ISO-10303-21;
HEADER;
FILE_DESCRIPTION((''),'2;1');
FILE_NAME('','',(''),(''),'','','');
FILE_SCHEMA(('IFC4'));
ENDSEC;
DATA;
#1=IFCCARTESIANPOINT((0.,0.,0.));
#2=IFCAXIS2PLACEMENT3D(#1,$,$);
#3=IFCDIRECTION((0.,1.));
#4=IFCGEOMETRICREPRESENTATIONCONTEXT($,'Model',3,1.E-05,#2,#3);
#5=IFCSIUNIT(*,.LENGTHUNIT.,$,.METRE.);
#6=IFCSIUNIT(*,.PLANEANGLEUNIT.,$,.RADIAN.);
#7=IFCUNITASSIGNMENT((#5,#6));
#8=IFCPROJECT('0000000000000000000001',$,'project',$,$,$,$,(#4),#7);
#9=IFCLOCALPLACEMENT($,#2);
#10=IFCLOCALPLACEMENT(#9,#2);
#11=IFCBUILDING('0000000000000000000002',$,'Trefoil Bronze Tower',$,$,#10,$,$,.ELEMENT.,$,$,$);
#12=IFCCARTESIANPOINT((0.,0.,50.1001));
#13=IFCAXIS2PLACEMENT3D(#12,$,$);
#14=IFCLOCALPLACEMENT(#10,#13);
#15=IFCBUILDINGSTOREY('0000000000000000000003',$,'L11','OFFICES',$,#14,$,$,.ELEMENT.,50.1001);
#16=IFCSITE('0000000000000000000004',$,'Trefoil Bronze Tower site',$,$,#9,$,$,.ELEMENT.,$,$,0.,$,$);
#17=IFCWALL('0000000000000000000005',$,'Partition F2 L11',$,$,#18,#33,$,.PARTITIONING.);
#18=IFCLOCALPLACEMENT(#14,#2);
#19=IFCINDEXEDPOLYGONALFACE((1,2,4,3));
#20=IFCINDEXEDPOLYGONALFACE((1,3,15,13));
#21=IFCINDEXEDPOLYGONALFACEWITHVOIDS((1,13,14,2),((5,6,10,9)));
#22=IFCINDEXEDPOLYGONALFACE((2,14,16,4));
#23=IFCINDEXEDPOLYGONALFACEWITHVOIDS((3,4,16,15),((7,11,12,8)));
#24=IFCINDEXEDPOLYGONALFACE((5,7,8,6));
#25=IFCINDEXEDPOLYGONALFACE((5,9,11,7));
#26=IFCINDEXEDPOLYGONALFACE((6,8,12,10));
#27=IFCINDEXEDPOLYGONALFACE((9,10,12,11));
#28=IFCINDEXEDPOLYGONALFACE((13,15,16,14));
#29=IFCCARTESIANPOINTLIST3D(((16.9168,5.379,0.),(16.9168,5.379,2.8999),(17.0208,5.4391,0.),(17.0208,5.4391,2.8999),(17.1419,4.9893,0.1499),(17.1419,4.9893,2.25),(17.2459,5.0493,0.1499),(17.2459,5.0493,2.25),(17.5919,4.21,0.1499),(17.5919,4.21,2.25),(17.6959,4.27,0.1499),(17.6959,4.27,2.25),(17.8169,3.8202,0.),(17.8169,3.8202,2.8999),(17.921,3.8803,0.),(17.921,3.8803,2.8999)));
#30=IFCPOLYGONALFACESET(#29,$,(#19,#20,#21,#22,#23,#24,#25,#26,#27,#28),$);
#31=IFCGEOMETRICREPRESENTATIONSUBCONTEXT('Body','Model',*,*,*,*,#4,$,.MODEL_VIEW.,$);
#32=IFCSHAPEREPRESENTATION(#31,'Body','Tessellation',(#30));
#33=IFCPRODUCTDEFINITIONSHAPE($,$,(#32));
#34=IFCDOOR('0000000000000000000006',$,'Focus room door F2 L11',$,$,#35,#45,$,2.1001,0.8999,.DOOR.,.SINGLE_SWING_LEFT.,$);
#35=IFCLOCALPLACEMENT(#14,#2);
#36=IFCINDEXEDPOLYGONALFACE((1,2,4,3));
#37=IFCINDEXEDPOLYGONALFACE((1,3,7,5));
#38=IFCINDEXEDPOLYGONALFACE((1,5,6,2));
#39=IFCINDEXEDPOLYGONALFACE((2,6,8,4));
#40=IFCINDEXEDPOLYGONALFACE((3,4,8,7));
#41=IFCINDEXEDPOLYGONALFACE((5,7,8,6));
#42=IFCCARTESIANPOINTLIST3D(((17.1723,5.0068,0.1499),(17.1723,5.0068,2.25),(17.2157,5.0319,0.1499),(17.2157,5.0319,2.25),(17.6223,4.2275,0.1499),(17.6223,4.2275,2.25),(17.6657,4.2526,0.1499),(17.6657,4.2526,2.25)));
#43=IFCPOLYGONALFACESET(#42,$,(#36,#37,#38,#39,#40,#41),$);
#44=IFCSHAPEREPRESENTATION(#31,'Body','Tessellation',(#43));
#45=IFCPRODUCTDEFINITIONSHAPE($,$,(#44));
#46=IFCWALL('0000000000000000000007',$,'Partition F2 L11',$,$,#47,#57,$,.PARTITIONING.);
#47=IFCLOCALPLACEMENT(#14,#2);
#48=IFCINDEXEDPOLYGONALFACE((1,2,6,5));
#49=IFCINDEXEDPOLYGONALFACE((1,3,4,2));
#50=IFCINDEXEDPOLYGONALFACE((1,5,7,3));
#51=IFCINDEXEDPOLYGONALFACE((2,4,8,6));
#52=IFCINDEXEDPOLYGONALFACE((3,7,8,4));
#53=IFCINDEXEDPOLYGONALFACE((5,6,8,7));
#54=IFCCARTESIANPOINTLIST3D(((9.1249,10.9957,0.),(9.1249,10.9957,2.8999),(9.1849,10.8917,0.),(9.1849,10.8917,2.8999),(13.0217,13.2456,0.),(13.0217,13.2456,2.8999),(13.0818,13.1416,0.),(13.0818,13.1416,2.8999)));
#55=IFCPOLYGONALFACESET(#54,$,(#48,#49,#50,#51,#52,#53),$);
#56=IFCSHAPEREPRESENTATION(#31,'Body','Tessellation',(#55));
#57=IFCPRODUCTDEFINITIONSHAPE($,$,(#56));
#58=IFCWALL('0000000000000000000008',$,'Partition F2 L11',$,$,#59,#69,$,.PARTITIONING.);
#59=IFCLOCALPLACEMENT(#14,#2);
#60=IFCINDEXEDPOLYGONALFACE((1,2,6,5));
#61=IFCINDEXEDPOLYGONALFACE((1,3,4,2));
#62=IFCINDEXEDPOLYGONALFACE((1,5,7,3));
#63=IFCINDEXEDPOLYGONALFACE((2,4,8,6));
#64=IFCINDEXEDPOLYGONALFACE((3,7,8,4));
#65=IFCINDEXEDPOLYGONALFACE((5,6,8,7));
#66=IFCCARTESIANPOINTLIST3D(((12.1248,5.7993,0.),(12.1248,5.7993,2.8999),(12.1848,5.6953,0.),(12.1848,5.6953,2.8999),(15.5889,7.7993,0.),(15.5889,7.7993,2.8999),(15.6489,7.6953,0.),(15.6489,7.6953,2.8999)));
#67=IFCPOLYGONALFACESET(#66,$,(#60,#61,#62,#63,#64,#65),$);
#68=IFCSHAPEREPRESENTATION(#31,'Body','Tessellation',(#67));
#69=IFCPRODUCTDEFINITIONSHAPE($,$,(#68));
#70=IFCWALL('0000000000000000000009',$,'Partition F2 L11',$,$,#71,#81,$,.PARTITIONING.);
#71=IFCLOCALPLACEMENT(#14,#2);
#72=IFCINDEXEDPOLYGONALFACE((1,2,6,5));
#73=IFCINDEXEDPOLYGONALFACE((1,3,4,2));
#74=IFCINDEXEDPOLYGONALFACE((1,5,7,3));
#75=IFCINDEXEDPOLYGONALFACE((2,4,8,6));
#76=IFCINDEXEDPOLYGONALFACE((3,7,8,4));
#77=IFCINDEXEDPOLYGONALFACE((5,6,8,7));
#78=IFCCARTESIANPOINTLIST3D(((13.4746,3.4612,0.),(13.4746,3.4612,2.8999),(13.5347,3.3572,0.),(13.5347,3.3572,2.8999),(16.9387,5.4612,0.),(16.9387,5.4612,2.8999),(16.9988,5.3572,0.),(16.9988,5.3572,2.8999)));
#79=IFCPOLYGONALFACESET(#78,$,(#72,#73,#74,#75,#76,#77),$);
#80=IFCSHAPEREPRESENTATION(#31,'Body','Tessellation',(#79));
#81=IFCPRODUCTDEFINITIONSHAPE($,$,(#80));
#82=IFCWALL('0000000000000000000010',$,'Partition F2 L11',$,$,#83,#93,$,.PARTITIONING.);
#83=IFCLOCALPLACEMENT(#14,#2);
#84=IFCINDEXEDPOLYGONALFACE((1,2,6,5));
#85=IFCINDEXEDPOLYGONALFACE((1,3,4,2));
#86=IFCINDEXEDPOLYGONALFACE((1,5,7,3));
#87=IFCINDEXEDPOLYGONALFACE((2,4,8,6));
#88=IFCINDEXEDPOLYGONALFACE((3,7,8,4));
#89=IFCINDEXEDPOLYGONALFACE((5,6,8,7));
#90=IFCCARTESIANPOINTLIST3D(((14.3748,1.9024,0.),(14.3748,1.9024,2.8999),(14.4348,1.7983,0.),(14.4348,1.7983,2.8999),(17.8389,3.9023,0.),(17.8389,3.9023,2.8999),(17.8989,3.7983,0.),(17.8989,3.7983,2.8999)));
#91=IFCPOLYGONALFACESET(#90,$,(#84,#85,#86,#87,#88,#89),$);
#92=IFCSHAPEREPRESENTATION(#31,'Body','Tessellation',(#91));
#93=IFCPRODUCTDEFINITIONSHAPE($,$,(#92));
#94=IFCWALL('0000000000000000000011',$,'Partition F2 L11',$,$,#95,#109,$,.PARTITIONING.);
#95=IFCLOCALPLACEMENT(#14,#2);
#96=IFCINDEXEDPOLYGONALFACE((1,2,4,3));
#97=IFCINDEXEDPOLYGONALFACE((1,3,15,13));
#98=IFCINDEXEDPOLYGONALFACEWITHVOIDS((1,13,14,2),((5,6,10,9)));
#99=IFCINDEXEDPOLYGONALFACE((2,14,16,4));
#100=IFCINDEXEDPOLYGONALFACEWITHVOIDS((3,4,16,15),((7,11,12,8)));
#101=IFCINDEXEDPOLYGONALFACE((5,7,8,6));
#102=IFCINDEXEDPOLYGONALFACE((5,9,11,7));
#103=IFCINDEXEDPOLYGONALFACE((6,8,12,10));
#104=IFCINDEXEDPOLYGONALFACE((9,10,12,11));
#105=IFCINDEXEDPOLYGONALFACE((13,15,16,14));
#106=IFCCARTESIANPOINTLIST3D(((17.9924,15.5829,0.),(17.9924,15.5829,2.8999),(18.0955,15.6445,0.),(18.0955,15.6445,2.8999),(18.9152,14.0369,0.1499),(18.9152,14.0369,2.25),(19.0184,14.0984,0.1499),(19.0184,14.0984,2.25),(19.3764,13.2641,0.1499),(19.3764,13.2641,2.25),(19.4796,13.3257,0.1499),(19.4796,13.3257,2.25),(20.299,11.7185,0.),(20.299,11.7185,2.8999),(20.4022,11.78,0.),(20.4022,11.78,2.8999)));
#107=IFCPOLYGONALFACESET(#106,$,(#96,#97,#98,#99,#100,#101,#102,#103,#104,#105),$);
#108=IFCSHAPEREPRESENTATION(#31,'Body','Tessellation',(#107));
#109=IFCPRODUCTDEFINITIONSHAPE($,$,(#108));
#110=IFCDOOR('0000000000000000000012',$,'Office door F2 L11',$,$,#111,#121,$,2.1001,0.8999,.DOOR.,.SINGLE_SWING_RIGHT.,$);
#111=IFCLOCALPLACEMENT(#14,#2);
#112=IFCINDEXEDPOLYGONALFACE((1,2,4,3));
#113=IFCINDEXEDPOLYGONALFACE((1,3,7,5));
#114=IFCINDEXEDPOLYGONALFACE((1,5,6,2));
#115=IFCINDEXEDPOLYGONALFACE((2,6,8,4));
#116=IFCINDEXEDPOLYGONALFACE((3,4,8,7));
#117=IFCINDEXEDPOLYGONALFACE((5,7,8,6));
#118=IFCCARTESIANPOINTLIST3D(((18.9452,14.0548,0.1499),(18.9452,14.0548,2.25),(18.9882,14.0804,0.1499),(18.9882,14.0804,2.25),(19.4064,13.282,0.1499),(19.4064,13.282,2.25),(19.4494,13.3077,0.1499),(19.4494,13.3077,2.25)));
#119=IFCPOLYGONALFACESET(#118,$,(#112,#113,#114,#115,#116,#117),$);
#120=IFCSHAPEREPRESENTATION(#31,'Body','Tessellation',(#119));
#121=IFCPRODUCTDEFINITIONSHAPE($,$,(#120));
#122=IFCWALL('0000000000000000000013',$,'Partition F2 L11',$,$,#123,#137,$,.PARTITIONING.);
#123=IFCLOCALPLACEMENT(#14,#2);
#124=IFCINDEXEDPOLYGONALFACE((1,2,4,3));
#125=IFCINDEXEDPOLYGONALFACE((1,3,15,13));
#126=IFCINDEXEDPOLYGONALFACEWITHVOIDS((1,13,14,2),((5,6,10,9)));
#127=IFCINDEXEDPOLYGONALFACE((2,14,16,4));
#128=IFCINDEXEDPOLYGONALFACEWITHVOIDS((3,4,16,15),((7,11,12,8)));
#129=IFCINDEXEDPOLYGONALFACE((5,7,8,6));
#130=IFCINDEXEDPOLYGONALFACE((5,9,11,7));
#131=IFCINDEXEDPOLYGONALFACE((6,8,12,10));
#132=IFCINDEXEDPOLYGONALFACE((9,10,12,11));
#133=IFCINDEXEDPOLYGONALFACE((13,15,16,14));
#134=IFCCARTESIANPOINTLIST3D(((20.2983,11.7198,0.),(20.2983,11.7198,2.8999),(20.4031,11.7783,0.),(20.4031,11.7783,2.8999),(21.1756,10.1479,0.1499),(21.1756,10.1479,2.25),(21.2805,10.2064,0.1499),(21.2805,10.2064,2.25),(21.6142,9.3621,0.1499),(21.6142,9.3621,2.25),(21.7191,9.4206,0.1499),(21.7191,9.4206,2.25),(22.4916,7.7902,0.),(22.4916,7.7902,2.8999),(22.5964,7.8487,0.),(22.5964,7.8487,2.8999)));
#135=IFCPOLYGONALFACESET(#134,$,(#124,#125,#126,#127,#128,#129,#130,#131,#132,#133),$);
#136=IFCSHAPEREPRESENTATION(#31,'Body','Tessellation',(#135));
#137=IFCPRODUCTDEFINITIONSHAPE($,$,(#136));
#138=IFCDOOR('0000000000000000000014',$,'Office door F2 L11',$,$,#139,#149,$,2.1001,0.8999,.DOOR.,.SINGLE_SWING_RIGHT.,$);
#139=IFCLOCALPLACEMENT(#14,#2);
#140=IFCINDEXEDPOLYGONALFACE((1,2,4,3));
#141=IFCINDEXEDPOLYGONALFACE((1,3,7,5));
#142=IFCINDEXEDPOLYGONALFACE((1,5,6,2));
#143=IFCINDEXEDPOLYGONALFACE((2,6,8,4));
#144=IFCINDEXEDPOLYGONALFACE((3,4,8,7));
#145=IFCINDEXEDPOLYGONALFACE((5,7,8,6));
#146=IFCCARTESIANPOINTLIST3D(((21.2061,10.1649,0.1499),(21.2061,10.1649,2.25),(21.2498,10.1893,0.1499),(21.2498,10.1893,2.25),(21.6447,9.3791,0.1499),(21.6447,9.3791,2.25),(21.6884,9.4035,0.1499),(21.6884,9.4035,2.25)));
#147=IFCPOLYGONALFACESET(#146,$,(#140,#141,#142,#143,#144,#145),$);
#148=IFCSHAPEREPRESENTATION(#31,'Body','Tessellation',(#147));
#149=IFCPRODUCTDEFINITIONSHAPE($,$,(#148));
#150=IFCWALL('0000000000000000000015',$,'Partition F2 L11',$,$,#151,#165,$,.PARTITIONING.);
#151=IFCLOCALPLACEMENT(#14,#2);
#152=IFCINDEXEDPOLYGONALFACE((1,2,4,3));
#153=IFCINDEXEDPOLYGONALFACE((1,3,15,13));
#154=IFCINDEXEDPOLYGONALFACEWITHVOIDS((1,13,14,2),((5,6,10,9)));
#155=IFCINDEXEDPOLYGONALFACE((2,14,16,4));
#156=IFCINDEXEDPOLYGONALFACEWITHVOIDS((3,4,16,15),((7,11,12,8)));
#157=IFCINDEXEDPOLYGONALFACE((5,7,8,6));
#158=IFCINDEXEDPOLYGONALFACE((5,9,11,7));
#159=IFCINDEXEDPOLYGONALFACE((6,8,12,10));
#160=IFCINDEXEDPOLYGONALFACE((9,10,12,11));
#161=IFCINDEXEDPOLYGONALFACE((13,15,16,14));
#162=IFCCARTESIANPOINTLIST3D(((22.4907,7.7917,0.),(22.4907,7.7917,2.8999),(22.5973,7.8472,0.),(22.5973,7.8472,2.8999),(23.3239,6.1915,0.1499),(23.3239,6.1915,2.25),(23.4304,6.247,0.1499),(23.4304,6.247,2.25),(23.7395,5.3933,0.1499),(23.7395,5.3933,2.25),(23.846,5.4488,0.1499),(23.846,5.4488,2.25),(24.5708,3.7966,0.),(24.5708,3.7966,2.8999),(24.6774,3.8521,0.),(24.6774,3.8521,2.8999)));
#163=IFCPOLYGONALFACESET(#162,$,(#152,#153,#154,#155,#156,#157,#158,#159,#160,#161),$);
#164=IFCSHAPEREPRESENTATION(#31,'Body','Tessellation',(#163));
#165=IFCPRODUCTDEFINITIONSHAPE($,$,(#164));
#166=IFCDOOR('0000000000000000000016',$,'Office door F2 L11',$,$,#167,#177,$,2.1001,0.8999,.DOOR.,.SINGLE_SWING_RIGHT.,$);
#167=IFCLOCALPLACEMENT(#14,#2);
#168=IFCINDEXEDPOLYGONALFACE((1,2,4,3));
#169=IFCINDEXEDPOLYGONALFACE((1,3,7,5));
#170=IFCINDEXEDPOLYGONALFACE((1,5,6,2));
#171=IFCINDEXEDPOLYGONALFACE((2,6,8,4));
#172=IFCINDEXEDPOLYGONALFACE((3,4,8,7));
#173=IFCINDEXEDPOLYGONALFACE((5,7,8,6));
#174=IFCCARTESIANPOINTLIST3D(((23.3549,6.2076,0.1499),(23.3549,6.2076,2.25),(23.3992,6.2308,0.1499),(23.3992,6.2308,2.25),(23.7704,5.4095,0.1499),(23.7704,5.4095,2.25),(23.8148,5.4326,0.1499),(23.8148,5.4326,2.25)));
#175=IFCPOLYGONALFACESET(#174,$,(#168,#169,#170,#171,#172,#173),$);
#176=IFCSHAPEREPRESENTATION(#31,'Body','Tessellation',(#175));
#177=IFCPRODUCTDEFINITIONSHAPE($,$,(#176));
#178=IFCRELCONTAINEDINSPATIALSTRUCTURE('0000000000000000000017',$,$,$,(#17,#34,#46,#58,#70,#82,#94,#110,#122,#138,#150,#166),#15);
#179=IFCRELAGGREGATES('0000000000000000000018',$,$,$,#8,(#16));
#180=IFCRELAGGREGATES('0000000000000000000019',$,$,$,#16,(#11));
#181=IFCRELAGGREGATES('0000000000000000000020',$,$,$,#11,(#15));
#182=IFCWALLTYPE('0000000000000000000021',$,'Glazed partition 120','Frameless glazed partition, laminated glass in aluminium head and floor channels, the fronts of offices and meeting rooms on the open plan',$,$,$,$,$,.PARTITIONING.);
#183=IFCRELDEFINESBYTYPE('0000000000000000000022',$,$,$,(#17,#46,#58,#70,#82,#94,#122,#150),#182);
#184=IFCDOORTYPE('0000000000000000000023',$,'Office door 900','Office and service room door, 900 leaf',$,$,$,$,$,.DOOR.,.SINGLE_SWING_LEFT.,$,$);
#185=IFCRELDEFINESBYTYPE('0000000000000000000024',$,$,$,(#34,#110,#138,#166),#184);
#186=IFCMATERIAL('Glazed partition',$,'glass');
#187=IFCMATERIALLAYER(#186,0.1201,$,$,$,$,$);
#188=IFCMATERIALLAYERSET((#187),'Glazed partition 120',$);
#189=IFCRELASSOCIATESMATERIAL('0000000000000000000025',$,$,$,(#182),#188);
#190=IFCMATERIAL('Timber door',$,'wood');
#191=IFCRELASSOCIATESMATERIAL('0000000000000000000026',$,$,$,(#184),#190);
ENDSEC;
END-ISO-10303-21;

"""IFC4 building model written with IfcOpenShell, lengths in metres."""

from ifc_helpers import new_model, si_unit, direction, frame, frame_2d, origin, place, context, subcontext, project, spatial, rectangle, extrude, material, layer, layer_set, type_object, element, fill, save


model = new_model("IFC4")

# Units and contexts
model_context = context("Model", 3, precision=1e-05, world=origin(), true_north=direction((0.0, 1.0)))
body_context = subcontext(model_context, "Body", "Model", "MODEL_VIEW")
ifc_project = project(units=[si_unit("LENGTHUNIT", "METRE"), si_unit("PLANEANGLEUNIT", "RADIAN")], contexts=[model_context])

# Site, building, storey
site_placement = place(None, origin())
site = spatial("IfcSite", under=ifc_project, at=site_placement, Name="Trefoil Bronze Tower site", CompositionType="ELEMENT", RefElevation=0.0)
building_placement = place(site_placement, origin())
building = spatial("IfcBuilding", under=site, at=building_placement, Name="Trefoil Bronze Tower", CompositionType="ELEMENT")
storey_placement = place(building_placement, frame((0.0, 0.0, 50.1001)))
storey = spatial("IfcBuildingStorey", under=building, at=storey_placement, Name="L11", Description="OFFICES", CompositionType="ELEMENT", Elevation=50.1001)

# Wall, opening, door
ifc_material_1 = material(Name="Glazed partition", Category="glass")
ifc_layer_1 = layer(ifc_material_1, 0.1201)
ifc_layer_set_1 = layer_set([ifc_layer_1], Name="Glazed partition 120")
wall_type_1 = type_object("IfcWallType", Name="Glazed partition 120", Description="Frameless glazed partition, laminated glass in aluminium head and floor channels, the fronts of offices and meeting rooms on the open plan", PredefinedType="PARTITIONING", material=ifc_layer_set_1)
ifc_material_2 = material(Name="Timber door", Category="wood")
door_type = type_object("IfcDoorType", Name="Office door 900", Description="Office and service room door, 900 leaf", OperationType="SINGLE_SWING_LEFT", PredefinedType="DOOR", material=ifc_material_2)
wall_1_placement = place(storey_placement, frame((17.8689, 3.8503, 0.0), z_axis=(0.0, 0.0, 1.0), x_axis=(-0.500063, 0.865989, 0.0)))
wall_1 = element("IfcWall", 1, at=wall_1_placement, inside=storey, type_object=wall_type_1, Name="Partition F2 L11", PredefinedType="PARTITIONING", context=body_context, shape_type="SweptSolid", body=[
    extrude(rectangle(XDim=1.8, YDim=0.1201, at=frame_2d((0.8999, 0.0))), origin(), (0.0, 0.0, 1.0), 2.8999),
])
opening_1_placement = place(wall_1_placement, frame((0.45, 0.0, 0.1499)))
opening_1 = element("IfcOpeningElement", 2, at=opening_1_placement, cuts=wall_1, PredefinedType="OPENING", context=body_context, shape_type="SweptSolid", body=[
    extrude(rectangle(XDim=0.8999, YDim=2.1001, at=frame_2d((0.45, 1.05))), frame((0.0, 0.0701, 0.0), z_axis=(0.0, -1.0, 0.0), x_axis=(1.0, 0.0, 0.0)), (0.0, 0.0, 1.0), 0.1401),
])
door_1_placement = place(opening_1_placement, origin())
door_1 = element("IfcDoor", 3, at=door_1_placement, inside=storey, type_object=door_type, Name="Focus room door F2 L11", OperationType="SINGLE_SWING_LEFT", OverallHeight=2.1001, OverallWidth=0.8999, PredefinedType="DOOR", context=body_context, shape_type="SweptSolid", body=[
    extrude(rectangle(XDim=0.8999, YDim=2.1001, at=frame_2d((0.45, 1.05))), frame((0.0, 0.0249, 0.0), z_axis=(0.0, -1.0, 0.0), x_axis=(1.0, 0.0, 0.0)), (0.0, 0.0, 1.0), 0.05),
])
fill(opening_1, door_1)

# Walls
wall_2_placement = place(storey_placement, frame((9.1548, 10.9436, 0.0), z_axis=(0.0, 0.0, 1.0), x_axis=(0.866018, 0.500014, 0.0)))
element("IfcWall", 4, at=wall_2_placement, inside=storey, type_object=wall_type_1, Name="Partition F2 L11", PredefinedType="PARTITIONING", context=body_context, shape_type="SweptSolid", body=[
    extrude(rectangle(XDim=4.4998, YDim=0.1201, at=frame_2d((2.25, 0.0))), origin(), (0.0, 0.0, 1.0), 2.8999),
])
for number, where, z_axis, x_axis, name in (
    (5, (12.1548, 5.7473, 0.0), (0.0, 0.0, 1.0), (0.866026, 0.499999, 0.0), "Partition F2 L11"),
    (6, (13.5046, 3.4092, 0.0), (0.0, 0.0, 1.0), (0.866026, 0.499999, 0.0), "Partition F2 L11"),
    (7, (14.4048, 1.8503, 0.0), (0.0, 0.0, 1.0), (0.866026, 0.499999, 0.0), "Partition F2 L11"),
):
    element("IfcWall", number, at=place(storey_placement, frame(where, z_axis=z_axis, x_axis=x_axis)), inside=storey, type_object=wall_type_1, Name=name, PredefinedType="PARTITIONING", context=body_context, shape_type="SweptSolid", body=[
        extrude(rectangle(XDim=4.0, YDim=0.1201, at=frame_2d((2.0, 0.0))), origin(), (0.0, 0.0, 1.0), 2.8999),
    ])

# Walls, openings, doors
wall_3_placement = place(storey_placement, frame((20.3506, 11.7493, 0.0), z_axis=(0.0, 0.0, 1.0), x_axis=(-0.512524, 0.858673, 0.0)))
wall_3 = element("IfcWall", 8, at=wall_3_placement, inside=storey, type_object=wall_type_1, Name="Partition F2 L11", PredefinedType="PARTITIONING", context=body_context, shape_type="SweptSolid", body=[
    extrude(rectangle(XDim=4.5005, YDim=0.1201, at=frame_2d((2.2502, 0.0))), origin(), (0.0, 0.0, 1.0), 2.8999),
])
opening_2_placement = place(wall_3_placement, frame((1.8, 0.0, 0.1499)))
opening_2 = element("IfcOpeningElement", 9, at=opening_2_placement, cuts=wall_3, PredefinedType="OPENING", context=body_context, shape_type="SweptSolid", body=[
    extrude(rectangle(XDim=0.8999, YDim=2.1001, at=frame_2d((0.45, 1.05))), frame((0.0, 0.0701, 0.0), z_axis=(0.0, -1.0, 0.0), x_axis=(1.0, 0.0, 0.0)), (0.0, 0.0, 1.0), 0.1401),
])
door_2_placement = place(opening_2_placement, frame((0.8999, 0.0, 0.0), z_axis=(0.0, 0.0, 1.0), x_axis=(-1.0, 0.0, 0.0)))
door_2 = element("IfcDoor", 10, at=door_2_placement, inside=storey, type_object=door_type, Name="Office door F2 L11", OperationType="SINGLE_SWING_RIGHT", OverallHeight=2.1001, OverallWidth=0.8999, PredefinedType="DOOR", context=body_context, shape_type="SweptSolid", body=[
    extrude(rectangle(XDim=0.8999, YDim=2.1001, at=frame_2d((0.45, 1.05))), frame((0.0, 0.0249, 0.0), z_axis=(0.0, -1.0, 0.0), x_axis=(1.0, 0.0, 0.0)), (0.0, 0.0, 1.0), 0.05),
])
fill(opening_2, door_2)
wall_4_placement = place(storey_placement, frame((22.5439, 7.8196, 0.0), z_axis=(0.0, 0.0, 1.0), x_axis=(-0.487374, 0.873193, 0.0)))
wall_4 = element("IfcWall", 11, at=wall_4_placement, inside=storey, type_object=wall_type_1, Name="Partition F2 L11", PredefinedType="PARTITIONING", context=body_context, shape_type="SweptSolid", body=[
    extrude(rectangle(XDim=4.5002, YDim=0.1201, at=frame_2d((2.25, 0.0))), origin(), (0.0, 0.0, 1.0), 2.8999),
])
opening_3_placement = place(wall_4_placement, frame((1.8, 0.0, 0.1499)))
opening_3 = element("IfcOpeningElement", 12, at=opening_3_placement, cuts=wall_4, PredefinedType="OPENING", context=body_context, shape_type="SweptSolid", body=[
    extrude(rectangle(XDim=0.8999, YDim=2.1001, at=frame_2d((0.45, 1.05))), frame((0.0, 0.0701, 0.0), z_axis=(0.0, -1.0, 0.0), x_axis=(1.0, 0.0, 0.0)), (0.0, 0.0, 1.0), 0.1401),
])
door_3_placement = place(opening_3_placement, frame((0.8999, 0.0, 0.0), z_axis=(0.0, 0.0, 1.0), x_axis=(-1.0, 0.0, 0.0)))
door_3 = element("IfcDoor", 13, at=door_3_placement, inside=storey, type_object=door_type, Name="Office door F2 L11", OperationType="SINGLE_SWING_RIGHT", OverallHeight=2.1001, OverallWidth=0.8999, PredefinedType="DOOR", context=body_context, shape_type="SweptSolid", body=[
    extrude(rectangle(XDim=0.8999, YDim=2.1001, at=frame_2d((0.45, 1.05))), frame((0.0, 0.0249, 0.0), z_axis=(0.0, -1.0, 0.0), x_axis=(1.0, 0.0, 0.0)), (0.0, 0.0, 1.0), 0.05),
])
fill(opening_3, door_3)
wall_5_placement = place(storey_placement, frame((24.624, 3.8245, 0.0), z_axis=(0.0, 0.0, 1.0), x_axis=(-0.46181, 0.886979, 0.0)))
wall_5 = element("IfcWall", 14, at=wall_5_placement, inside=storey, type_object=wall_type_1, Name="Partition F2 L11", PredefinedType="PARTITIONING", context=body_context, shape_type="SweptSolid", body=[
    extrude(rectangle(XDim=4.5042, YDim=0.1201, at=frame_2d((2.252, 0.0))), origin(), (0.0, 0.0, 1.0), 2.8999),
])
opening_4_placement = place(wall_5_placement, frame((1.8, 0.0, 0.1499)))
opening_4 = element("IfcOpeningElement", 15, at=opening_4_placement, cuts=wall_5, PredefinedType="OPENING", context=body_context, shape_type="SweptSolid", body=[
    extrude(rectangle(XDim=0.8999, YDim=2.1001, at=frame_2d((0.45, 1.05))), frame((0.0, 0.0701, 0.0), z_axis=(0.0, -1.0, 0.0), x_axis=(1.0, 0.0, 0.0)), (0.0, 0.0, 1.0), 0.1401),
])
door_4_placement = place(opening_4_placement, frame((0.8999, 0.0, 0.0), z_axis=(0.0, 0.0, 1.0), x_axis=(-1.0, 0.0, 0.0)))
door_4 = element("IfcDoor", 16, at=door_4_placement, inside=storey, type_object=door_type, Name="Office door F2 L11", OperationType="SINGLE_SWING_RIGHT", OverallHeight=2.1001, OverallWidth=0.8999, PredefinedType="DOOR", context=body_context, shape_type="SweptSolid", body=[
    extrude(rectangle(XDim=0.8999, YDim=2.1001, at=frame_2d((0.45, 1.05))), frame((0.0, 0.0249, 0.0), z_axis=(0.0, -1.0, 0.0), x_axis=(1.0, 0.0, 0.0)), (0.0, 0.0, 1.0), 0.05),
])
fill(opening_4, door_4)

save(model, "model.ifc")
